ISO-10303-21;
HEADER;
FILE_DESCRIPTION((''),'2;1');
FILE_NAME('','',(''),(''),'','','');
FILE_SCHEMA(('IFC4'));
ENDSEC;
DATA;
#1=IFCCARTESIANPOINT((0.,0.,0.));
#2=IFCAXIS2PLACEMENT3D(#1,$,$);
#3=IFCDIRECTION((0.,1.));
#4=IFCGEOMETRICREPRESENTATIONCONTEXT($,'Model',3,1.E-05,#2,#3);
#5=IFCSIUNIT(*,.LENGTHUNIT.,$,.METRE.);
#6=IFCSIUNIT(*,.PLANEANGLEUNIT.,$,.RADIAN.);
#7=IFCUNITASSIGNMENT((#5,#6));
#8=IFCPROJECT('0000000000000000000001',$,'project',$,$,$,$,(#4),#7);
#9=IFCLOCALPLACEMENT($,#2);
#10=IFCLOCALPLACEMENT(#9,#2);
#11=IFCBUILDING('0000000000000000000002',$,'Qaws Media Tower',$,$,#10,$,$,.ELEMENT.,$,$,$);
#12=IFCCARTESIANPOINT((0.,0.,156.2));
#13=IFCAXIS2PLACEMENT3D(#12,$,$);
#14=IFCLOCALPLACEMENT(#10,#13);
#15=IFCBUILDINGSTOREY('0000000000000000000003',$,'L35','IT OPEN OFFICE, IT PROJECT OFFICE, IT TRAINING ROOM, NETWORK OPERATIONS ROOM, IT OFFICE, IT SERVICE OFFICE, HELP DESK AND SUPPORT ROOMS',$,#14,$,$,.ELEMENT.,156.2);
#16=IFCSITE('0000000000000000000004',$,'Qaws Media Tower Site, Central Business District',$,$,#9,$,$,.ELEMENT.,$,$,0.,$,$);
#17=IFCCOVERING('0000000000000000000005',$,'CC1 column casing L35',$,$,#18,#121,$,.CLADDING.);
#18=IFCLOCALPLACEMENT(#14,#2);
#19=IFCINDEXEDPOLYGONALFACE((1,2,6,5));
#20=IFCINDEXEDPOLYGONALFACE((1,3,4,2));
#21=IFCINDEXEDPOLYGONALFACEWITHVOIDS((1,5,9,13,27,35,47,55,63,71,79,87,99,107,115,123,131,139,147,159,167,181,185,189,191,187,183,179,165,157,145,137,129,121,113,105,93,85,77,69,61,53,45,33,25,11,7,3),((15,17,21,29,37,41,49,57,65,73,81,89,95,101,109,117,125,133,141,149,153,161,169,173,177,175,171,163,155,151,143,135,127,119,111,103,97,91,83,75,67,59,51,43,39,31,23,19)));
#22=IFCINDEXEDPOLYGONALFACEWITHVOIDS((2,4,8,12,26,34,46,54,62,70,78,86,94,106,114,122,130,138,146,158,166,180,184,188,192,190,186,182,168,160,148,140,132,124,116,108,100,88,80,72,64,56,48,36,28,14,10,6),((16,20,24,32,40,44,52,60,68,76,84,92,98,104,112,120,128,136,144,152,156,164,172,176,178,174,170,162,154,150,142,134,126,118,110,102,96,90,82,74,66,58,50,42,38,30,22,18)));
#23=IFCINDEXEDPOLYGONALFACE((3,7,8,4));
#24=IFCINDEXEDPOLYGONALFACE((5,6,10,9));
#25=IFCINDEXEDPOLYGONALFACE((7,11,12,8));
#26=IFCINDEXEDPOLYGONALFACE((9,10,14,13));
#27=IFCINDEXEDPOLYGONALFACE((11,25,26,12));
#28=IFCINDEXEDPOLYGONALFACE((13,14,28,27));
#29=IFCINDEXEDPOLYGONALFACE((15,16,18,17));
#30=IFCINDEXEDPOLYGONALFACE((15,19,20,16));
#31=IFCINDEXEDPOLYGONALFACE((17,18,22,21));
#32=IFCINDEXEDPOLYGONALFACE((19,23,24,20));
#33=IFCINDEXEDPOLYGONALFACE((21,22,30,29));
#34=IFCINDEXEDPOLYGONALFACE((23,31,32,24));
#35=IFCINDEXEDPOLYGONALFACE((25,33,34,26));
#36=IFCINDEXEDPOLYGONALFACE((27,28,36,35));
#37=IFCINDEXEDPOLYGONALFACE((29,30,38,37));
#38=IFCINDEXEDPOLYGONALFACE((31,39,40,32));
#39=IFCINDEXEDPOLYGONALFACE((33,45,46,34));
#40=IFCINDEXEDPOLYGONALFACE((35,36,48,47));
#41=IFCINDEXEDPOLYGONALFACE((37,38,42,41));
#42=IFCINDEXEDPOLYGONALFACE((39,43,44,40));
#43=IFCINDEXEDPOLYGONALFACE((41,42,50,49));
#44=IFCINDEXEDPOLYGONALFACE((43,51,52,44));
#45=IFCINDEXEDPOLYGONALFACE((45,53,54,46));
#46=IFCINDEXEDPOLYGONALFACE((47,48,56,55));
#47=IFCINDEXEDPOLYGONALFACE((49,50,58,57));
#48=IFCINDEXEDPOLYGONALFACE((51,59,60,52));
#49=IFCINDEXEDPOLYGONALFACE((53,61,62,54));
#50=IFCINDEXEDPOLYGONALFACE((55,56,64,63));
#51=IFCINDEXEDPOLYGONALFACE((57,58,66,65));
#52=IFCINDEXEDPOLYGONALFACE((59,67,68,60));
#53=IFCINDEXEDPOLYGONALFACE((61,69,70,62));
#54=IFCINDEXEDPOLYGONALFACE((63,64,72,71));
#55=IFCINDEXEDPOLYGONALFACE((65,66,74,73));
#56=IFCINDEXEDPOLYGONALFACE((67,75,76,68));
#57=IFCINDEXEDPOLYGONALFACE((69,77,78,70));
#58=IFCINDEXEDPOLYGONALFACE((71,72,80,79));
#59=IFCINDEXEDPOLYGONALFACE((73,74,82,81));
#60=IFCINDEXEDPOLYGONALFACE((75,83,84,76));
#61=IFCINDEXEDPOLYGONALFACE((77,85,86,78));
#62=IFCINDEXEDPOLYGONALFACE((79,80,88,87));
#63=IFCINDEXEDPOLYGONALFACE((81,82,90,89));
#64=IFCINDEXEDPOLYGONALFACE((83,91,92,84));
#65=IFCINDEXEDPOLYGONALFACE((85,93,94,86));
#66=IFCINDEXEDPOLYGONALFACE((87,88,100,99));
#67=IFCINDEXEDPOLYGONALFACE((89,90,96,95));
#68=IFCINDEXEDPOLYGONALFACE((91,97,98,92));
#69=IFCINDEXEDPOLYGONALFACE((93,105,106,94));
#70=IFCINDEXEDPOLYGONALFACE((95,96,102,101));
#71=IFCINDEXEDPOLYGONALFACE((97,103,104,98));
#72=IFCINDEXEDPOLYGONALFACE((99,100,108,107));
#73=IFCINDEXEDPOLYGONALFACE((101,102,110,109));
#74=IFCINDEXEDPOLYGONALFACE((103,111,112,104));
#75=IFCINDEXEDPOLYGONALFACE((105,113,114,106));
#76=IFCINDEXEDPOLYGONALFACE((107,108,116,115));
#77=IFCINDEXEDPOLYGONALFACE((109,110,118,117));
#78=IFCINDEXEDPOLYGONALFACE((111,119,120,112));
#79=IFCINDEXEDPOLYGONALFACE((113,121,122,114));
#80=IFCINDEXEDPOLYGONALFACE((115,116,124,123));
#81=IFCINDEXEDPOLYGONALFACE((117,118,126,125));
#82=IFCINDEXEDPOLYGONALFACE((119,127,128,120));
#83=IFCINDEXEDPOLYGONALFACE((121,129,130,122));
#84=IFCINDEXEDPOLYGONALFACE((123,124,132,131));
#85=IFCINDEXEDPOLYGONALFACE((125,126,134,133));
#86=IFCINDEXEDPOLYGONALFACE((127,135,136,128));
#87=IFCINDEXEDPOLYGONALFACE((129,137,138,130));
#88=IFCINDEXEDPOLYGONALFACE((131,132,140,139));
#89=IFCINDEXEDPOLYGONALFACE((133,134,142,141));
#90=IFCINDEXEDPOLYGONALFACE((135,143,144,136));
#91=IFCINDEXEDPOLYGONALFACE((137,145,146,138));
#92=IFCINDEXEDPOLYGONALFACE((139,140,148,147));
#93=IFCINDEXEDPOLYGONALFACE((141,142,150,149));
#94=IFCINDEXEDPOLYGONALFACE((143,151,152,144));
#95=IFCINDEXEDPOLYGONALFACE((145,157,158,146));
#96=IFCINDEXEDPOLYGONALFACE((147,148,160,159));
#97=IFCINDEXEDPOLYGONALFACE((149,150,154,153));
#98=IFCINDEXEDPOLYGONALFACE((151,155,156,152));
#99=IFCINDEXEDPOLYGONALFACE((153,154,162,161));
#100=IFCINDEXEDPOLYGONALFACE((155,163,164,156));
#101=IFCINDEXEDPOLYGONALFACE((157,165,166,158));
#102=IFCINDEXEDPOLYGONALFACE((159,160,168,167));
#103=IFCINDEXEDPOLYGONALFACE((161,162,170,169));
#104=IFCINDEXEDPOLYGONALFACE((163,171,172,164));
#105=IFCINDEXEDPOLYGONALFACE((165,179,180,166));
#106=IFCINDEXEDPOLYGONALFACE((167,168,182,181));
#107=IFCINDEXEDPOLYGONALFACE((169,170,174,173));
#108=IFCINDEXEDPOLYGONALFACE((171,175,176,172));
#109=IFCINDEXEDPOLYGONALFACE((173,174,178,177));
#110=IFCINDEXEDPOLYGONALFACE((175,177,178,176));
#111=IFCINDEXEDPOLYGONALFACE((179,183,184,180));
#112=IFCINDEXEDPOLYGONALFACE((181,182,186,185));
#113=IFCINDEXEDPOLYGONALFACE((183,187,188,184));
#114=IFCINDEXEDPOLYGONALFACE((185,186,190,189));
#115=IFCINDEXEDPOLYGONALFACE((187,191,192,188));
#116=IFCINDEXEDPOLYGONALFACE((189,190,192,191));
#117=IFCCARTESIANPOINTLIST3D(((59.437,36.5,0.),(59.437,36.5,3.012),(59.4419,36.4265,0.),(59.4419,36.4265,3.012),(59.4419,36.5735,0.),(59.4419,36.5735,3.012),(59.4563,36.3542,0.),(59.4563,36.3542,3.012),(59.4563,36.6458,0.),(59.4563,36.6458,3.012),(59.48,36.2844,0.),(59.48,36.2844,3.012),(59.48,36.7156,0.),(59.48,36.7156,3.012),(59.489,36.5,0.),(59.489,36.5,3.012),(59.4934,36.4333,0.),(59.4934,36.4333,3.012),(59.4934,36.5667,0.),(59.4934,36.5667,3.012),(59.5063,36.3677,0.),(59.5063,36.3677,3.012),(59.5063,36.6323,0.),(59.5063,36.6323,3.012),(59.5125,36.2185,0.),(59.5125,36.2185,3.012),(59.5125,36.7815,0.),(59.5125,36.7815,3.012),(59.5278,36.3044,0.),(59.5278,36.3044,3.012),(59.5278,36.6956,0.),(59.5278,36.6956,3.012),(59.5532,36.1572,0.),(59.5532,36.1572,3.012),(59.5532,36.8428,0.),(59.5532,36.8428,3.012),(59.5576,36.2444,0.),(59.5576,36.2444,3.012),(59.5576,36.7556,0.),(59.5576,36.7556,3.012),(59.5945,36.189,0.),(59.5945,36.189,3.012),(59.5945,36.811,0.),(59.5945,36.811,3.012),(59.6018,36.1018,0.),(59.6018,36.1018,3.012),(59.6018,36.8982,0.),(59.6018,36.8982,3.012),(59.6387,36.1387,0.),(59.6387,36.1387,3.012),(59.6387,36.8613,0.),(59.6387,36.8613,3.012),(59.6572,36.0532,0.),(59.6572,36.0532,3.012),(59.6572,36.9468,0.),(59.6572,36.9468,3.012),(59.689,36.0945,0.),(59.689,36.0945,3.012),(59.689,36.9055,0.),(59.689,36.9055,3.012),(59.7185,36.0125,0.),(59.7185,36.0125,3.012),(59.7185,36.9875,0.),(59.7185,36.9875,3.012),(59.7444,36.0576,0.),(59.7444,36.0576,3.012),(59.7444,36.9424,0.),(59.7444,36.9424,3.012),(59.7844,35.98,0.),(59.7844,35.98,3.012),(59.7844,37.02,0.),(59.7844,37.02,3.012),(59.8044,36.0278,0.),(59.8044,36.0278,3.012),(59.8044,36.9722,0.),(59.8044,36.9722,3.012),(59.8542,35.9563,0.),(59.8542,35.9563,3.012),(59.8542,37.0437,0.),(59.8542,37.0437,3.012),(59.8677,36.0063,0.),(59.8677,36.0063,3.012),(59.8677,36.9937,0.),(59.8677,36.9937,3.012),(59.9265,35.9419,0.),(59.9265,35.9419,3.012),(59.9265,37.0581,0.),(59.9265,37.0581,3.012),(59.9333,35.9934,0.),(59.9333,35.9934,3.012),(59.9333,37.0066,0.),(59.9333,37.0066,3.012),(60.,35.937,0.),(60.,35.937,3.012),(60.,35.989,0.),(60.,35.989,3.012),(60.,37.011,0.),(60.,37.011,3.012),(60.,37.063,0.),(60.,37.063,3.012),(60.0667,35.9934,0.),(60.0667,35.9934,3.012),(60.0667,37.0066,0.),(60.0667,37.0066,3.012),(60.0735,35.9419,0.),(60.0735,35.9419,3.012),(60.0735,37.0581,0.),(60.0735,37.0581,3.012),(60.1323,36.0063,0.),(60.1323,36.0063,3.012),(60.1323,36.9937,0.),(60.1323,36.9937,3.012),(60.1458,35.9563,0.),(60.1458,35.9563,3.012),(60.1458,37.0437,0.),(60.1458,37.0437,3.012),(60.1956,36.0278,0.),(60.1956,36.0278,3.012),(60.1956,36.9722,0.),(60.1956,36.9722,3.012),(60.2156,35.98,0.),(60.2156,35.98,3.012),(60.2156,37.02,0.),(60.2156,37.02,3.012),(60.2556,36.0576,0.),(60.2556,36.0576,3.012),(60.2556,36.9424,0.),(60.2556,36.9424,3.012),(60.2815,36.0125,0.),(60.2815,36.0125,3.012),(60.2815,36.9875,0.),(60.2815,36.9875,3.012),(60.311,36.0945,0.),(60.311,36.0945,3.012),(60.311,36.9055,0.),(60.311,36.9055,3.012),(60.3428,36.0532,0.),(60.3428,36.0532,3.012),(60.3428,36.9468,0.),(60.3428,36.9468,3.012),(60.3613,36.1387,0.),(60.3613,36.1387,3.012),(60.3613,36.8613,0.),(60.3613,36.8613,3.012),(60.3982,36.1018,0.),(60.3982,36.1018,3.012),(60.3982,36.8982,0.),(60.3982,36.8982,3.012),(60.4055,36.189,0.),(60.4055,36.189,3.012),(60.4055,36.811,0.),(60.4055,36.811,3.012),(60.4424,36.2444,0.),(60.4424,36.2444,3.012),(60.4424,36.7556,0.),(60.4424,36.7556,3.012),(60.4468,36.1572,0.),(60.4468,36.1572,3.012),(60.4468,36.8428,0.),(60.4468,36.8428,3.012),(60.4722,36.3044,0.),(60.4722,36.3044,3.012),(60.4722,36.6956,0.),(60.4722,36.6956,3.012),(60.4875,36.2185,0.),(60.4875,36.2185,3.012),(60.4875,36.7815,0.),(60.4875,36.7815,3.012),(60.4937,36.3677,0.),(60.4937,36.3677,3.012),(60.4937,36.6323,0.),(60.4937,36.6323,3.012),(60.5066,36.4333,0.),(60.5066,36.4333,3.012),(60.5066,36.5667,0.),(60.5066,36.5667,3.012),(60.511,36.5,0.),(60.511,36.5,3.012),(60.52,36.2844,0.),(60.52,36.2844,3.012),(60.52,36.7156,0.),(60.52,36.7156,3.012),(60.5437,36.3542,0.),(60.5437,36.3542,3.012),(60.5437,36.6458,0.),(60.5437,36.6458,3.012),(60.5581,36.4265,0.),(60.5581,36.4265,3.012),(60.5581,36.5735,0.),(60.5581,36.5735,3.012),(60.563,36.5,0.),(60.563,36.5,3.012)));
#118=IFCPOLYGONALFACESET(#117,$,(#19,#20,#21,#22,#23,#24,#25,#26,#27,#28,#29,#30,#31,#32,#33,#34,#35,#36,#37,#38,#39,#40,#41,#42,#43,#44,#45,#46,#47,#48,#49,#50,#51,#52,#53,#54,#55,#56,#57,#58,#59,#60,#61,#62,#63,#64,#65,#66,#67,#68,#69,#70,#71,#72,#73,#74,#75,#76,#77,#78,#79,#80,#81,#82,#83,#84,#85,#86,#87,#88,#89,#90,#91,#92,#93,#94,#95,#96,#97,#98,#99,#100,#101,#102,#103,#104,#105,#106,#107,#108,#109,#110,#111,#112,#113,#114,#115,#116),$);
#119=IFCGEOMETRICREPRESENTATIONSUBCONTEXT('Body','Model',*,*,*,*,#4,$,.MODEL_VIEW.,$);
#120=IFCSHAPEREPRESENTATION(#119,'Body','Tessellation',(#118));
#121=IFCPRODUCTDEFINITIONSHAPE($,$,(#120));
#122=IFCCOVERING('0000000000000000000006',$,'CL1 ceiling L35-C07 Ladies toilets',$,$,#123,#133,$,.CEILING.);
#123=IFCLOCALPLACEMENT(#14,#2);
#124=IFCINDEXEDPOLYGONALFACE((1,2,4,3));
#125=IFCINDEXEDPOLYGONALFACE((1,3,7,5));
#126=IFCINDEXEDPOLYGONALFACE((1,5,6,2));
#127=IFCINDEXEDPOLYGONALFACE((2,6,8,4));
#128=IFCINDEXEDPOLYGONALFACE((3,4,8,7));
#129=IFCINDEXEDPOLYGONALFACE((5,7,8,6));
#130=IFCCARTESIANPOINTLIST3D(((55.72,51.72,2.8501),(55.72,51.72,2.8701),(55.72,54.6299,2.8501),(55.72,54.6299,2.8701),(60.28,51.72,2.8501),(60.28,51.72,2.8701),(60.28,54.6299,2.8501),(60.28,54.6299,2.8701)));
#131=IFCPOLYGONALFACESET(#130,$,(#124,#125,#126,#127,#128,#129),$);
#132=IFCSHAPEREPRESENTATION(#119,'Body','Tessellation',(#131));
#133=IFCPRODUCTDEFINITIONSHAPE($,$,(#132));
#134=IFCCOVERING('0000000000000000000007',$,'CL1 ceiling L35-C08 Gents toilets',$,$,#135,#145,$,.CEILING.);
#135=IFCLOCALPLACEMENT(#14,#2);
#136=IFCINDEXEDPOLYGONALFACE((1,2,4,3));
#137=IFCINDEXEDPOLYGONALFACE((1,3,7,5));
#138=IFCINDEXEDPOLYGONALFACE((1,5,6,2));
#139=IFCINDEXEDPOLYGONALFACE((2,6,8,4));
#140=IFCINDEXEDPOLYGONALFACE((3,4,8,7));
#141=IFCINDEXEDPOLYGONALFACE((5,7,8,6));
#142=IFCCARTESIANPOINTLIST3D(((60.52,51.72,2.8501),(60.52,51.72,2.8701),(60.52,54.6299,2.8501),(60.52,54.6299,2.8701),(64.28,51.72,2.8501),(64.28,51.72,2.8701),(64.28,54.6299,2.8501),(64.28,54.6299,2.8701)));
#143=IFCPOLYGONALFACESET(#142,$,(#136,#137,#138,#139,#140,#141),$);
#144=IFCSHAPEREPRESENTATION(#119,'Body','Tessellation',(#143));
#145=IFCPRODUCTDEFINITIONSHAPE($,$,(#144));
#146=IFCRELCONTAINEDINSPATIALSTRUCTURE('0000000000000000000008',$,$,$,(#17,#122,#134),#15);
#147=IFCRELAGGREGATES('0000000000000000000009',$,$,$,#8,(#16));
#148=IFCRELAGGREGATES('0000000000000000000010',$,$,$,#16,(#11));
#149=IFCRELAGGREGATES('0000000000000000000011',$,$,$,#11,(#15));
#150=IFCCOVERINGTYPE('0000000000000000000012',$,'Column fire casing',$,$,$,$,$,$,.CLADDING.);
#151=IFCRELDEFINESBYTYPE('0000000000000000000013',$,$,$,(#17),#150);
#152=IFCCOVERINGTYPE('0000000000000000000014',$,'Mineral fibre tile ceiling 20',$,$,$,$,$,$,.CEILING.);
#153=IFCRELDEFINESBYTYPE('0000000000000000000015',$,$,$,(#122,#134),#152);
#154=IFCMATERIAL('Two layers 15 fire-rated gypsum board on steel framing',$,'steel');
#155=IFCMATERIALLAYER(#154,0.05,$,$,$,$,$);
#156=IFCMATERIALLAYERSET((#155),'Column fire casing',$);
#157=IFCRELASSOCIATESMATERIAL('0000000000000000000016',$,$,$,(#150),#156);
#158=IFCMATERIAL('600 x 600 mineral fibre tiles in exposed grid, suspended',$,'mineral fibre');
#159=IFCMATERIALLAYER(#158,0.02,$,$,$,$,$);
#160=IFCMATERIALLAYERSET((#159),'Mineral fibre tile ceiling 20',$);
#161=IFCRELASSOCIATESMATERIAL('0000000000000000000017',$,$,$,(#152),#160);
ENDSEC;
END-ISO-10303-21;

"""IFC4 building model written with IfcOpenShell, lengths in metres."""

from ifc_helpers import new_model, si_unit, direction, frame, origin, place, context, subcontext, project, spatial, polyline, outline, extrude, material, layer, layer_set, type_object, element, save


model = new_model("IFC4")

# Units and contexts
model_context = context("Model", 3, precision=1e-05, world=origin(), true_north=direction((0.0, 1.0)))
body_context = subcontext(model_context, "Body", "Model", "MODEL_VIEW")
ifc_project = project(units=[si_unit("LENGTHUNIT", "METRE"), si_unit("PLANEANGLEUNIT", "RADIAN")], contexts=[model_context])

# Site, building, storey
site_placement = place(None, origin())
site = spatial("IfcSite", under=ifc_project, at=site_placement, Name="Qaws Media Tower Site, Central Business District", CompositionType="ELEMENT", RefElevation=0.0)
building_placement = place(site_placement, origin())
building = spatial("IfcBuilding", under=site, at=building_placement, Name="Qaws Media Tower", CompositionType="ELEMENT")
storey_placement = place(building_placement, frame((0.0, 0.0, 156.2)))
storey = spatial("IfcBuildingStorey", under=building, at=storey_placement, Name="L35", Description="IT OPEN OFFICE, IT PROJECT OFFICE, IT TRAINING ROOM, NETWORK OPERATIONS ROOM, IT OFFICE, IT SERVICE OFFICE, HELP DESK AND SUPPORT ROOMS", CompositionType="ELEMENT", Elevation=156.2)

# Coverings
ifc_material_1 = material(Name="Two layers 15 fire-rated gypsum board on steel framing", Category="steel")
ifc_layer_1 = layer(ifc_material_1, 0.05)
ifc_layer_set_1 = layer_set([ifc_layer_1], Name="Column fire casing")
covering_type_1 = type_object("IfcCoveringType", Name="Column fire casing", PredefinedType="CLADDING", material=ifc_layer_set_1)
covering_1_placement = place(storey_placement, origin())
element("IfcCovering", 1, at=covering_1_placement, inside=storey, type_object=covering_type_1, Name="CC1 column casing L35", PredefinedType="CLADDING", context=body_context, shape_type="SweptSolid", body=[
    extrude(outline(polyline([(60.563, 36.5), (60.5581, 36.4265), (60.5437, 36.3542), (60.52, 36.2844), (60.4875, 36.2185), (60.4468, 36.1572), (60.3982, 36.1018), (60.3428, 36.0532), (60.2815, 36.0125), (60.2156, 35.98), (60.1458, 35.9563), (60.0735, 35.9419), (60.0, 35.937), (59.9265, 35.9419), (59.8542, 35.9563), (59.7844, 35.98), (59.7185, 36.0125), (59.6572, 36.0532), (59.6018, 36.1018), (59.5532, 36.1572), (59.5125, 36.2185), (59.48, 36.2844), (59.4563, 36.3542), (59.4419, 36.4265), (59.437, 36.5), (59.4419, 36.5735), (59.4563, 36.6458), (59.48, 36.7156), (59.5125, 36.7815), (59.5532, 36.8428), (59.6018, 36.8982), (59.6572, 36.9468), (59.7185, 36.9875), (59.7844, 37.02), (59.8542, 37.0437), (59.9265, 37.0581), (60.0, 37.063), (60.0735, 37.0581), (60.1458, 37.0437), (60.2156, 37.02), (60.2815, 36.9875), (60.3428, 36.9468), (60.3982, 36.8982), (60.4468, 36.8428), (60.4875, 36.7815), (60.52, 36.7156), (60.5437, 36.6458), (60.5581, 36.5735), (60.563, 36.5)]), holes=[polyline([(60.511, 36.5), (60.5066, 36.4333), (60.4937, 36.3677), (60.4722, 36.3044), (60.4424, 36.2444), (60.4055, 36.189), (60.3613, 36.1387), (60.311, 36.0945), (60.2556, 36.0576), (60.1956, 36.0278), (60.1323, 36.0063), (60.0667, 35.9934), (60.0, 35.989), (59.9333, 35.9934), (59.8677, 36.0063), (59.8044, 36.0278), (59.7444, 36.0576), (59.689, 36.0945), (59.6387, 36.1387), (59.5945, 36.189), (59.5576, 36.2444), (59.5278, 36.3044), (59.5063, 36.3677), (59.4934, 36.4333), (59.489, 36.5), (59.4934, 36.5667), (59.5063, 36.6323), (59.5278, 36.6956), (59.5576, 36.7556), (59.5945, 36.811), (59.6387, 36.8613), (59.689, 36.9055), (59.7444, 36.9424), (59.8044, 36.9722), (59.8677, 36.9937), (59.9333, 37.0066), (60.0, 37.011), (60.0667, 37.0066), (60.1323, 36.9937), (60.1956, 36.9722), (60.2556, 36.9424), (60.311, 36.9055), (60.3613, 36.8613), (60.4055, 36.811), (60.4424, 36.7556), (60.4722, 36.6956), (60.4937, 36.6323), (60.5066, 36.5667), (60.511, 36.5)])]), origin(), (0.0, 0.0, 1.0), 3.012),
])
ifc_material_2 = material(Name="600 x 600 mineral fibre tiles in exposed grid, suspended", Category="mineral fibre")
ifc_layer_2 = layer(ifc_material_2, 0.02)
ifc_layer_set_2 = layer_set([ifc_layer_2], Name="Mineral fibre tile ceiling 20")
covering_type_2 = type_object("IfcCoveringType", Name="Mineral fibre tile ceiling 20", PredefinedType="CEILING", material=ifc_layer_set_2)
covering_2_placement = place(storey_placement, frame((0.0, 0.0, 2.8501)))
element("IfcCovering", 2, at=covering_2_placement, inside=storey, type_object=covering_type_2, Name="CL1 ceiling L35-C07 Ladies toilets", PredefinedType="CEILING", context=body_context, shape_type="SweptSolid", body=[
    extrude(outline(polyline([(55.72, 51.72), (55.72, 54.6299), (60.28, 54.6299), (60.28, 51.72), (55.72, 51.72)])), origin(), (0.0, 0.0, 1.0), 0.02),
])
covering_3_placement = place(storey_placement, frame((0.0, 0.0, 2.8501)))
element("IfcCovering", 3, at=covering_3_placement, inside=storey, type_object=covering_type_2, Name="CL1 ceiling L35-C08 Gents toilets", PredefinedType="CEILING", context=body_context, shape_type="SweptSolid", body=[
    extrude(outline(polyline([(60.52, 51.72), (60.52, 54.6299), (64.28, 54.6299), (64.28, 51.72), (60.52, 51.72)])), origin(), (0.0, 0.0, 1.0), 0.02),
])

save(model, "model.ifc")
